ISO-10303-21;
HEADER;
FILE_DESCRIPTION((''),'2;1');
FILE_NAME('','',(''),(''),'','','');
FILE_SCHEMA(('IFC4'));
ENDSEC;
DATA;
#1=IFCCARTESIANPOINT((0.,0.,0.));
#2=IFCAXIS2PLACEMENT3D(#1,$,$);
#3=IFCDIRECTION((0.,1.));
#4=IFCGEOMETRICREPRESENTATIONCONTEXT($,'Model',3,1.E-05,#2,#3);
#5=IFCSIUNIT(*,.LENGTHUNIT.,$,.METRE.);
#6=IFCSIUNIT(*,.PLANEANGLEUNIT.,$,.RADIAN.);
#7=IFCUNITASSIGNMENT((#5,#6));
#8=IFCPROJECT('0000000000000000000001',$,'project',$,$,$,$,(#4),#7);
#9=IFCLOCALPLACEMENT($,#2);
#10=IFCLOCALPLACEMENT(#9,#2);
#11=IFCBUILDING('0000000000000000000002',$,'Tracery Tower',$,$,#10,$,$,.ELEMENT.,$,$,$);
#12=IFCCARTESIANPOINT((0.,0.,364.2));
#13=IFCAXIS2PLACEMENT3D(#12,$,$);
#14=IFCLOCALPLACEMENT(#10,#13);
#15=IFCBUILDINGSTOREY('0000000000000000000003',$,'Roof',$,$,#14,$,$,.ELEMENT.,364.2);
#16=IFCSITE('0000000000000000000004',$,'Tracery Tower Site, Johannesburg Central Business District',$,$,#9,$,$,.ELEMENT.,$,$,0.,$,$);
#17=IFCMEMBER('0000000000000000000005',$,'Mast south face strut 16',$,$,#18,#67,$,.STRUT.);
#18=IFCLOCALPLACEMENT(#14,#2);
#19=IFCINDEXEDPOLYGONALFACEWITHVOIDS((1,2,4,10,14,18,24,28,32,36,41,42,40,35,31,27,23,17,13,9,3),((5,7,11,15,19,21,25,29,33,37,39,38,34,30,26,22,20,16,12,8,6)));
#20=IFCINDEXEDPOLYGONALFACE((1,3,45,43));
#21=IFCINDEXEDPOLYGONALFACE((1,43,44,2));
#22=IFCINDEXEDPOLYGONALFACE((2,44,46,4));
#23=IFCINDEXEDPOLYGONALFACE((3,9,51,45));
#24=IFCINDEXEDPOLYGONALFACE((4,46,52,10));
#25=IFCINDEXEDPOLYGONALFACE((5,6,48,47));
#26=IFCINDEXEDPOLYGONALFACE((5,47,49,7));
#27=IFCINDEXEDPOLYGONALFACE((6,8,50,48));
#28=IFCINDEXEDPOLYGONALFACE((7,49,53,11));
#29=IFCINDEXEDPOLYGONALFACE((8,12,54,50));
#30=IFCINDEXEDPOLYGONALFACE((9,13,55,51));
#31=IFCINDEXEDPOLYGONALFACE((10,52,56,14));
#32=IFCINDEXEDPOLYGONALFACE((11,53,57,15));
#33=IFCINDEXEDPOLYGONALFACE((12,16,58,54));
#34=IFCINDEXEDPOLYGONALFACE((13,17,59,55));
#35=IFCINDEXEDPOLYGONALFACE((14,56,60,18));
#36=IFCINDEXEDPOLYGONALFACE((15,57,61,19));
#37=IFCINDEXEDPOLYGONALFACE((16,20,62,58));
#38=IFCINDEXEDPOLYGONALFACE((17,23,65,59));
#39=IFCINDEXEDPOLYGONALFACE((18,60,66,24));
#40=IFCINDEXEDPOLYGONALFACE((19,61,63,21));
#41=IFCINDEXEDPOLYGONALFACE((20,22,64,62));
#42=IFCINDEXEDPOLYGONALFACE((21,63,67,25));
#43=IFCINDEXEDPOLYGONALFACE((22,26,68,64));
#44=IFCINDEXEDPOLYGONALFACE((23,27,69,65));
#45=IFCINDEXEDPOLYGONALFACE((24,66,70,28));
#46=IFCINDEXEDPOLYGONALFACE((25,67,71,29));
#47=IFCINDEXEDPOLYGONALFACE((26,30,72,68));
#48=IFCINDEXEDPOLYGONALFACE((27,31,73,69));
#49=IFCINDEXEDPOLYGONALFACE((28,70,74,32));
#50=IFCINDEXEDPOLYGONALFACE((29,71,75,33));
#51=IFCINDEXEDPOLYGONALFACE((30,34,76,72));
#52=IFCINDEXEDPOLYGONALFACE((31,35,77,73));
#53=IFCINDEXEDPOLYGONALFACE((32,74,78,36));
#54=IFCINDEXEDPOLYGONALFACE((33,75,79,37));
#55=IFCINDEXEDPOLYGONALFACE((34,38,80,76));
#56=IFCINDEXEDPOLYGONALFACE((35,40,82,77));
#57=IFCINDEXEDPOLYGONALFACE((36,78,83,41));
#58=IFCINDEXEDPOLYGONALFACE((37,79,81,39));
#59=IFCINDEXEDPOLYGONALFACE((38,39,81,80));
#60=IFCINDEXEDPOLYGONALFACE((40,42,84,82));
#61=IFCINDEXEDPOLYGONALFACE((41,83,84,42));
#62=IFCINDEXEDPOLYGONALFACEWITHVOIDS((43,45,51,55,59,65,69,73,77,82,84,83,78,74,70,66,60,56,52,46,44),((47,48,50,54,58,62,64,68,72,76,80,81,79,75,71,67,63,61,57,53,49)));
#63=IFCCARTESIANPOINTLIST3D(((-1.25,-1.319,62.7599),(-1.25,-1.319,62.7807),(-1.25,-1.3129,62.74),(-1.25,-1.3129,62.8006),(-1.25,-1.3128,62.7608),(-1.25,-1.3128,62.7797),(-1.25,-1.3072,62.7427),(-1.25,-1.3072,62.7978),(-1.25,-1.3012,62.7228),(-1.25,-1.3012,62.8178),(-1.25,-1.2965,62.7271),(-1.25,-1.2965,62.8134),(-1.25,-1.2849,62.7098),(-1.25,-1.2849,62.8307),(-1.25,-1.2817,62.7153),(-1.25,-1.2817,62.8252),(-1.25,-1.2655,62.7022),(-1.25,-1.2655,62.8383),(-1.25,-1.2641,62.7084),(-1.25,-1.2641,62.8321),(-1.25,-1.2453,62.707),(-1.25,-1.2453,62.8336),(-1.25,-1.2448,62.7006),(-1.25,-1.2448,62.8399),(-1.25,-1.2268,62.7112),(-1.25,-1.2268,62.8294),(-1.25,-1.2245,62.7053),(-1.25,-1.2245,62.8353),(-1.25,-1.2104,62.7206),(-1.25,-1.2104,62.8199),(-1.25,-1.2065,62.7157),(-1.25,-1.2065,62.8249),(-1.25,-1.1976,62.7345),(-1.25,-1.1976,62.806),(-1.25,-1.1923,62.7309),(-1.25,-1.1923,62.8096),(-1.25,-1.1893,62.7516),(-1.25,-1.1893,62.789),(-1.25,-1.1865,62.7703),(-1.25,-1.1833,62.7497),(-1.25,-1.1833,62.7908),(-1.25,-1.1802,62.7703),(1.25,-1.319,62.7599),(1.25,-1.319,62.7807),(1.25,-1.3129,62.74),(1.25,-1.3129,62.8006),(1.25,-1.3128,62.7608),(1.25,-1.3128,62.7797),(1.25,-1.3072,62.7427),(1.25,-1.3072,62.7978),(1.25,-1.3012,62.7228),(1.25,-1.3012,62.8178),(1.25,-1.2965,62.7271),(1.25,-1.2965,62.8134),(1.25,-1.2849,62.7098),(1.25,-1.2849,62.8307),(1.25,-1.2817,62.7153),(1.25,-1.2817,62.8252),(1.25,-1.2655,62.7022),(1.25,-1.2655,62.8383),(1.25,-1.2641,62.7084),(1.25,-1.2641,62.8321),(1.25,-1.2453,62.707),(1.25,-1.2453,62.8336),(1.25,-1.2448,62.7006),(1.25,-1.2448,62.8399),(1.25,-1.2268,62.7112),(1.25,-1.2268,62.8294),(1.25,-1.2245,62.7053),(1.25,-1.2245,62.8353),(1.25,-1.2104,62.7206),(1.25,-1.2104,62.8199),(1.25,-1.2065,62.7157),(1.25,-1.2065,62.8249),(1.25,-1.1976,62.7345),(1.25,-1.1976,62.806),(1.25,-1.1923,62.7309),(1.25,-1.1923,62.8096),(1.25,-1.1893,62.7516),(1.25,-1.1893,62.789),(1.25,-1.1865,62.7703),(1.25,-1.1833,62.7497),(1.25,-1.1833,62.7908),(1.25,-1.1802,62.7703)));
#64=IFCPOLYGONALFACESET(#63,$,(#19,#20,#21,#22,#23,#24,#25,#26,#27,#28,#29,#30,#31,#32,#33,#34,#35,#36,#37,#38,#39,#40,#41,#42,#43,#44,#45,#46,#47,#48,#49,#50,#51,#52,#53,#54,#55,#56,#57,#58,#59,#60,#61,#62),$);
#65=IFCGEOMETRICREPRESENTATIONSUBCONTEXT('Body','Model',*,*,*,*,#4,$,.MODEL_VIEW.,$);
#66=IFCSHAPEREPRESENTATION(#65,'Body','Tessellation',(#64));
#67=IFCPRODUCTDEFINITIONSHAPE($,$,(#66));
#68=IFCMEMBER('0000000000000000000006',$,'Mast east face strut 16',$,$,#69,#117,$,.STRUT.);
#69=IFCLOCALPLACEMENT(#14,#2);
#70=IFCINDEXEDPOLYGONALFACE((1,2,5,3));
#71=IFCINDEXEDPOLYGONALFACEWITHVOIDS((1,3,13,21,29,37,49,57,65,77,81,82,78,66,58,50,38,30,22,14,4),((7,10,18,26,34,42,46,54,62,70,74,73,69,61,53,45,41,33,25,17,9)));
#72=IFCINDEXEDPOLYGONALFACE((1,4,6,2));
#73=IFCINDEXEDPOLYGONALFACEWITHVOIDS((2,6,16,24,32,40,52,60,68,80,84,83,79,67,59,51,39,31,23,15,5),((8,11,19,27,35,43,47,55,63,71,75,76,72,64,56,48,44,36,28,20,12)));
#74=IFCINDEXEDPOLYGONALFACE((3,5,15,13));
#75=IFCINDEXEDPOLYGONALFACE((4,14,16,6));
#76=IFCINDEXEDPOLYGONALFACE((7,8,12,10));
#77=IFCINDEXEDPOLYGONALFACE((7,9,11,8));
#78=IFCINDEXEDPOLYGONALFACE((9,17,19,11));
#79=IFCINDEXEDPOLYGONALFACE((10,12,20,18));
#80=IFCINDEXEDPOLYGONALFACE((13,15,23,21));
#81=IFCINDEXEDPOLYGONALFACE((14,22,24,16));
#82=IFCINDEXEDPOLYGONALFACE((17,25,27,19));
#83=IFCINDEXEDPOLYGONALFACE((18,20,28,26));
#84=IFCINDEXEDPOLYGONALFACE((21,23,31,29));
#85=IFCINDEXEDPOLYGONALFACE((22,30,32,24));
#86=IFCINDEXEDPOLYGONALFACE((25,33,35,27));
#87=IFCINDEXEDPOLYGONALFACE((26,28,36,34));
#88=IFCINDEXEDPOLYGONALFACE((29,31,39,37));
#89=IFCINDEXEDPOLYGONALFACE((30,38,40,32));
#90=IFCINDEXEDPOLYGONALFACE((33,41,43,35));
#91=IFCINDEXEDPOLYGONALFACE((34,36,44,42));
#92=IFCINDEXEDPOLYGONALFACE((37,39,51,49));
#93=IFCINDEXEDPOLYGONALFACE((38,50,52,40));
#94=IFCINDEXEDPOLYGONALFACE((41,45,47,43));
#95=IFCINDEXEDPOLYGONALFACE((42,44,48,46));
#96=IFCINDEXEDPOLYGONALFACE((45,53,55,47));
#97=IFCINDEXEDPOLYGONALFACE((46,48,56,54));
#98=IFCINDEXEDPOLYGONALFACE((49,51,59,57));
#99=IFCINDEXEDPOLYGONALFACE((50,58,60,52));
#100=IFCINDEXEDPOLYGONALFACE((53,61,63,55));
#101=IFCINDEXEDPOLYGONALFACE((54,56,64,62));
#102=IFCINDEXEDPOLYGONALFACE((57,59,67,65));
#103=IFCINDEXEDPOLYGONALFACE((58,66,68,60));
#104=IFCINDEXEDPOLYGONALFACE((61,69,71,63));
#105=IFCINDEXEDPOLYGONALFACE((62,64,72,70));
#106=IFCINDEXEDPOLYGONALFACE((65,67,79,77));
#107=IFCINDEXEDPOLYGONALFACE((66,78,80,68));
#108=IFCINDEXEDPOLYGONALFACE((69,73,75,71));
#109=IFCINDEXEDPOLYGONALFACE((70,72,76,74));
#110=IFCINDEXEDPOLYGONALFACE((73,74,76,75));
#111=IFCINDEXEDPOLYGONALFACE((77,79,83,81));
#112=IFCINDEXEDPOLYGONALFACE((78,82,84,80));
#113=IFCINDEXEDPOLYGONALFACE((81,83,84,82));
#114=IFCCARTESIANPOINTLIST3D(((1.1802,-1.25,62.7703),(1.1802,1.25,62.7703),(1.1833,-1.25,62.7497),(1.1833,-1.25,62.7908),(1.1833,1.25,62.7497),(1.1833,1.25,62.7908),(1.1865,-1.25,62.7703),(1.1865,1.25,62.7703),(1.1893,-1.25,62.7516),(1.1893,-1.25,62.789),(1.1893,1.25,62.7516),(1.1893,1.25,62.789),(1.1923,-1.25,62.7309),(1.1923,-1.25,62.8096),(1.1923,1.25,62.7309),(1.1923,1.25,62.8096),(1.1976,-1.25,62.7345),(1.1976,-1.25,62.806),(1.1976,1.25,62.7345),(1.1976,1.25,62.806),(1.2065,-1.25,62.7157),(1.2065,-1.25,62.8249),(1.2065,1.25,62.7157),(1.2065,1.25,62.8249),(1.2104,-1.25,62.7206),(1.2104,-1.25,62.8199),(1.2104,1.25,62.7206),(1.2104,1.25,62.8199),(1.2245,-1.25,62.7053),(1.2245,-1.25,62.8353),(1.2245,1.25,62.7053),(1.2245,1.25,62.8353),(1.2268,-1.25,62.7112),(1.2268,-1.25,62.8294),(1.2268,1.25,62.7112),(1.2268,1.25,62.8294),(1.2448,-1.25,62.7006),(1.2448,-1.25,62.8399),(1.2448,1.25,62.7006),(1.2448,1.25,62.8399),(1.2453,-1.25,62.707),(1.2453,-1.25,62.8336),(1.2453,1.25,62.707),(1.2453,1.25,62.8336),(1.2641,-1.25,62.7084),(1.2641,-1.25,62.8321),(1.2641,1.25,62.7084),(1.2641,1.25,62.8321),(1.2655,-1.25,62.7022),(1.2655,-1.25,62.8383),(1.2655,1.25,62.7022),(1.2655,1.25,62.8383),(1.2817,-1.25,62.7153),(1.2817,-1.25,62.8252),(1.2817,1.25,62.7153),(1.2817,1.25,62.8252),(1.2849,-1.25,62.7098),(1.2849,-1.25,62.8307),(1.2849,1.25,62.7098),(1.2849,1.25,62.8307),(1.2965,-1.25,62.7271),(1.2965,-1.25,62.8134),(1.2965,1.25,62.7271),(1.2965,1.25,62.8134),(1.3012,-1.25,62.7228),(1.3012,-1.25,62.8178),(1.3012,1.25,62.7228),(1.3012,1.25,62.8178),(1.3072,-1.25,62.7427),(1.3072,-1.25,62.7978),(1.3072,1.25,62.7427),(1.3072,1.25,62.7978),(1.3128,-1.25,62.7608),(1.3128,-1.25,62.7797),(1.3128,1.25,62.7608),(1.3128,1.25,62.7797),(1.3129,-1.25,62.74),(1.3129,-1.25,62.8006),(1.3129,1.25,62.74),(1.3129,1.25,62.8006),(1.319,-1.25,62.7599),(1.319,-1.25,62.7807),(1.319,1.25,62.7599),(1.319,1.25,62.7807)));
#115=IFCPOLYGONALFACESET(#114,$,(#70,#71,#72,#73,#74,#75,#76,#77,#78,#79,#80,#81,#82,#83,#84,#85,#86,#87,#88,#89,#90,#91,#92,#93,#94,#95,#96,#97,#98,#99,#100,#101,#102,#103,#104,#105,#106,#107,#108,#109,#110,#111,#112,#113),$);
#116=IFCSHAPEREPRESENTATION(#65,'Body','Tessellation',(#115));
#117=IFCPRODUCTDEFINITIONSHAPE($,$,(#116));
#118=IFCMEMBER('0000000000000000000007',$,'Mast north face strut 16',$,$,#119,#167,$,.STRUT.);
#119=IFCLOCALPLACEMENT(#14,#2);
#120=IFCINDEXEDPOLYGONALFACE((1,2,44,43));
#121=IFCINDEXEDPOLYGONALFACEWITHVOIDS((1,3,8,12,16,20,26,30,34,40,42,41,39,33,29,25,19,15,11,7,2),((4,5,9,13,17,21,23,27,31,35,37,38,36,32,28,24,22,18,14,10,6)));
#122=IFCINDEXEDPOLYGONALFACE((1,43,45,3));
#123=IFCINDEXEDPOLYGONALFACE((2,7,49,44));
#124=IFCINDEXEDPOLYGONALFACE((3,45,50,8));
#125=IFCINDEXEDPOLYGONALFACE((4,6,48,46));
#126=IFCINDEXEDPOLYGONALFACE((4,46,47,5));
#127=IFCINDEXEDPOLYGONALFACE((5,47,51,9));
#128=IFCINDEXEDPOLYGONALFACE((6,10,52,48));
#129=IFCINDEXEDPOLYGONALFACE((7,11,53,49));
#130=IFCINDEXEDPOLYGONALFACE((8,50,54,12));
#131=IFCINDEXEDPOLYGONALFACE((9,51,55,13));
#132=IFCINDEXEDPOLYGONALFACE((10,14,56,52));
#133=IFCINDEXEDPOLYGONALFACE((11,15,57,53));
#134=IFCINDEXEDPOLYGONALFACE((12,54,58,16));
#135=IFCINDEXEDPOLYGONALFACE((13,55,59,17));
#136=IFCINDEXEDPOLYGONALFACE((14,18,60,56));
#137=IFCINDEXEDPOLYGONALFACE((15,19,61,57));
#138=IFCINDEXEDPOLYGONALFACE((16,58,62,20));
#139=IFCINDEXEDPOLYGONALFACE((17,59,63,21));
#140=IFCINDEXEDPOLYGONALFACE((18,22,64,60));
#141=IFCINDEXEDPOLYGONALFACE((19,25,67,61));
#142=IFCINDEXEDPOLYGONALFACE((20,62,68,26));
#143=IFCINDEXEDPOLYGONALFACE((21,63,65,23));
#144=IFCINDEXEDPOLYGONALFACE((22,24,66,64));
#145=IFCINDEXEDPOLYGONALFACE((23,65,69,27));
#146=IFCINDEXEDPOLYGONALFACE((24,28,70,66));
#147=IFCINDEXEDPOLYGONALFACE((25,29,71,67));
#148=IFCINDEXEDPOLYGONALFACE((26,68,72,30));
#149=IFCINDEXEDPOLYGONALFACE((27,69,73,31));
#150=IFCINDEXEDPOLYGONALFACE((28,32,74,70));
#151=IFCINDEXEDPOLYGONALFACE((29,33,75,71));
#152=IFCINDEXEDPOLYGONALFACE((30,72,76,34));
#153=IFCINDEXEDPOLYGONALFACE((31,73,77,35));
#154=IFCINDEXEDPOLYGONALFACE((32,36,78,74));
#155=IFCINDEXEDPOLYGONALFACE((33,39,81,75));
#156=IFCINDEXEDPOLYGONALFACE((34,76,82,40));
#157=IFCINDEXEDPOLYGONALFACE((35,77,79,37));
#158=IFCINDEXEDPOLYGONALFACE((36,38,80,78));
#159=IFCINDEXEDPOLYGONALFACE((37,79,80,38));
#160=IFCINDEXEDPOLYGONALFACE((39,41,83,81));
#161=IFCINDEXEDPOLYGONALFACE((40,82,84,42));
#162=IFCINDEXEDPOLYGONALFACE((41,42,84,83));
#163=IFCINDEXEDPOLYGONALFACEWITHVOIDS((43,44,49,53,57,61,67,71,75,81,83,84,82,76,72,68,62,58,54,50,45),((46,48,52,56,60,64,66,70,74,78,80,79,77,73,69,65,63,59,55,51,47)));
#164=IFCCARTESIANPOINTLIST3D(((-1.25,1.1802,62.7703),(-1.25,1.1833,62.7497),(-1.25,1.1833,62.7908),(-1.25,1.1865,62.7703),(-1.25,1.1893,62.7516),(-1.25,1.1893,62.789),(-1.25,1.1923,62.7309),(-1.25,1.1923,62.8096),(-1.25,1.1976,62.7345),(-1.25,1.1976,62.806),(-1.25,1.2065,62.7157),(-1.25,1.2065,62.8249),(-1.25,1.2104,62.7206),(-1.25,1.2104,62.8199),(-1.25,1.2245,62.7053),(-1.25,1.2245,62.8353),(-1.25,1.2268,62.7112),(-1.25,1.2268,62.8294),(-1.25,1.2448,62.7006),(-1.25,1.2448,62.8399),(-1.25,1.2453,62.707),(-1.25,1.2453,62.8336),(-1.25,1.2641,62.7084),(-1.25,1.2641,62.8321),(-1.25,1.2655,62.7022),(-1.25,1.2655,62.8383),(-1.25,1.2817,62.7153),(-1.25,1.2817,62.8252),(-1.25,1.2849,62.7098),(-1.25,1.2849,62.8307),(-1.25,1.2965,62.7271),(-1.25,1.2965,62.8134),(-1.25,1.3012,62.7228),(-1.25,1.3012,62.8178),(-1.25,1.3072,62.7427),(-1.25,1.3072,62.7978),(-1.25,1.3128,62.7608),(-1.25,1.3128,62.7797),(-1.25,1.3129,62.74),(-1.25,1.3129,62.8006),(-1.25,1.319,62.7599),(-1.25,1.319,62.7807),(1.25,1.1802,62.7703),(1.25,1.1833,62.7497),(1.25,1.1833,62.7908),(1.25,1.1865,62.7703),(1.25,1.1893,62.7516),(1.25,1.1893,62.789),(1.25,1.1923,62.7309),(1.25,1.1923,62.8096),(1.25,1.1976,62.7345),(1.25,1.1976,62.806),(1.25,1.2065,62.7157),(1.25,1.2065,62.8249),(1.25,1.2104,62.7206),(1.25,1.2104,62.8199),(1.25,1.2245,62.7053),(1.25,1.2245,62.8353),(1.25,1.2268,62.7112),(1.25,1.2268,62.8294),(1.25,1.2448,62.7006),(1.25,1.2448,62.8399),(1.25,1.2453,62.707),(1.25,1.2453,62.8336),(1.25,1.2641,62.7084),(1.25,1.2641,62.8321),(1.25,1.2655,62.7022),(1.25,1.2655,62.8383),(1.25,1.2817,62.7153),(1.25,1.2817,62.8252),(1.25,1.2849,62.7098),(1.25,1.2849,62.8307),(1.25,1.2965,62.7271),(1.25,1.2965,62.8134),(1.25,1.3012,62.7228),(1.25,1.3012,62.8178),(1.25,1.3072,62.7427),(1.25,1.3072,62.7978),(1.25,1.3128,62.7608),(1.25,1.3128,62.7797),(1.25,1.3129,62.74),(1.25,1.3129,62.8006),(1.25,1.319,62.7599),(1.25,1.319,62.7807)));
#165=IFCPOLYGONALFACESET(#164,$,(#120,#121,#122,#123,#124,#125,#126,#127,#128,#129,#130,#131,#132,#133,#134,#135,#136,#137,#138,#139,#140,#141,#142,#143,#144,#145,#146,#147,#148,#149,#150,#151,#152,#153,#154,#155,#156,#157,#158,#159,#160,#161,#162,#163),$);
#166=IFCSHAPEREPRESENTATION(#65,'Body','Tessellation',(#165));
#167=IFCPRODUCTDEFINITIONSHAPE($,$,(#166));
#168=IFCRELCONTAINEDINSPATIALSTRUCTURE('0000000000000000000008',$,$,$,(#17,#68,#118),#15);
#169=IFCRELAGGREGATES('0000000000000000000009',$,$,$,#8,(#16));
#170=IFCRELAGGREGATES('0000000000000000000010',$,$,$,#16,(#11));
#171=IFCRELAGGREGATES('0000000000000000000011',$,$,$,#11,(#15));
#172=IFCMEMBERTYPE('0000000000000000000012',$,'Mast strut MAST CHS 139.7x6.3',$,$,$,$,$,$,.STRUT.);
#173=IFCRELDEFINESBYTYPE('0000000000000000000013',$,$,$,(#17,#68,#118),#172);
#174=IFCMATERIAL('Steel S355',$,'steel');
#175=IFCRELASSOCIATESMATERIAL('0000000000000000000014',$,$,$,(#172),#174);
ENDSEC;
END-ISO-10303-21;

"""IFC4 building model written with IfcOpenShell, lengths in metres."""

from ifc_helpers import new_model, si_unit, direction, frame, origin, origin_2d, place, context, subcontext, project, spatial, hollow_circle, extrude, material, material_profile, profile_set, type_object, element, save


model = new_model("IFC4")

# Units and contexts
model_context = context("Model", 3, precision=1e-05, world=origin(), true_north=direction((0.0, 1.0)))
body_context = subcontext(model_context, "Body", "Model", "MODEL_VIEW")
ifc_project = project(units=[si_unit("LENGTHUNIT", "METRE"), si_unit("PLANEANGLEUNIT", "RADIAN")], contexts=[model_context])

# Site, building, storey
site_placement = place(None, origin())
site = spatial("IfcSite", under=ifc_project, at=site_placement, Name="Tracery Tower Site, Johannesburg Central Business District", CompositionType="ELEMENT", RefElevation=0.0)
building_placement = place(site_placement, origin())
building = spatial("IfcBuilding", under=site, at=building_placement, Name="Tracery Tower", CompositionType="ELEMENT")
storey_placement = place(building_placement, frame((0.0, 0.0, 364.2)))
storey = spatial("IfcBuildingStorey", under=building, at=storey_placement, Name="Roof", CompositionType="ELEMENT", Elevation=364.2)

# Members
ifc_material_1 = material(Name="Steel S355", Category="steel")
ifc_material_profile_1 = material_profile(ifc_material_1, hollow_circle(Radius=0.0698, WallThickness=0.0063, at=origin_2d()), Name="CHS 139.7x6.3")
ifc_profile_set_1 = profile_set([ifc_material_profile_1], Name="Steel S355")
member_type_1 = type_object("IfcMemberType", Name="Mast strut MAST CHS 139.7x6.3", PredefinedType="STRUT", material=ifc_profile_set_1)
for number, where, z_axis, x_axis, name in (
    (1, (-1.25, -1.25, 62.7703), (1.0, 0.0, 0.0), (0.0, 1.0, 0.0), "Mast south face strut 16"),
    (2, (1.25, -1.25, 62.7703), (0.0, 1.0, 0.0), (-1.0, 0.0, 0.0), "Mast east face strut 16"),
    (3, (1.25, 1.25, 62.7703), (-1.0, 0.0, 0.0), (0.0, -1.0, 0.0), "Mast north face strut 16"),
):
    element("IfcMember", number, at=place(storey_placement, frame(where, z_axis=z_axis, x_axis=x_axis)), inside=storey, type_object=member_type_1, Name=name, PredefinedType="STRUT", context=body_context, shape_type="SweptSolid", body=[
        extrude(hollow_circle(Radius=0.0698, WallThickness=0.0063, at=origin_2d()), origin(), (0.0, 0.0, 1.0), 2.5),
    ])

save(model, "model.ifc")
